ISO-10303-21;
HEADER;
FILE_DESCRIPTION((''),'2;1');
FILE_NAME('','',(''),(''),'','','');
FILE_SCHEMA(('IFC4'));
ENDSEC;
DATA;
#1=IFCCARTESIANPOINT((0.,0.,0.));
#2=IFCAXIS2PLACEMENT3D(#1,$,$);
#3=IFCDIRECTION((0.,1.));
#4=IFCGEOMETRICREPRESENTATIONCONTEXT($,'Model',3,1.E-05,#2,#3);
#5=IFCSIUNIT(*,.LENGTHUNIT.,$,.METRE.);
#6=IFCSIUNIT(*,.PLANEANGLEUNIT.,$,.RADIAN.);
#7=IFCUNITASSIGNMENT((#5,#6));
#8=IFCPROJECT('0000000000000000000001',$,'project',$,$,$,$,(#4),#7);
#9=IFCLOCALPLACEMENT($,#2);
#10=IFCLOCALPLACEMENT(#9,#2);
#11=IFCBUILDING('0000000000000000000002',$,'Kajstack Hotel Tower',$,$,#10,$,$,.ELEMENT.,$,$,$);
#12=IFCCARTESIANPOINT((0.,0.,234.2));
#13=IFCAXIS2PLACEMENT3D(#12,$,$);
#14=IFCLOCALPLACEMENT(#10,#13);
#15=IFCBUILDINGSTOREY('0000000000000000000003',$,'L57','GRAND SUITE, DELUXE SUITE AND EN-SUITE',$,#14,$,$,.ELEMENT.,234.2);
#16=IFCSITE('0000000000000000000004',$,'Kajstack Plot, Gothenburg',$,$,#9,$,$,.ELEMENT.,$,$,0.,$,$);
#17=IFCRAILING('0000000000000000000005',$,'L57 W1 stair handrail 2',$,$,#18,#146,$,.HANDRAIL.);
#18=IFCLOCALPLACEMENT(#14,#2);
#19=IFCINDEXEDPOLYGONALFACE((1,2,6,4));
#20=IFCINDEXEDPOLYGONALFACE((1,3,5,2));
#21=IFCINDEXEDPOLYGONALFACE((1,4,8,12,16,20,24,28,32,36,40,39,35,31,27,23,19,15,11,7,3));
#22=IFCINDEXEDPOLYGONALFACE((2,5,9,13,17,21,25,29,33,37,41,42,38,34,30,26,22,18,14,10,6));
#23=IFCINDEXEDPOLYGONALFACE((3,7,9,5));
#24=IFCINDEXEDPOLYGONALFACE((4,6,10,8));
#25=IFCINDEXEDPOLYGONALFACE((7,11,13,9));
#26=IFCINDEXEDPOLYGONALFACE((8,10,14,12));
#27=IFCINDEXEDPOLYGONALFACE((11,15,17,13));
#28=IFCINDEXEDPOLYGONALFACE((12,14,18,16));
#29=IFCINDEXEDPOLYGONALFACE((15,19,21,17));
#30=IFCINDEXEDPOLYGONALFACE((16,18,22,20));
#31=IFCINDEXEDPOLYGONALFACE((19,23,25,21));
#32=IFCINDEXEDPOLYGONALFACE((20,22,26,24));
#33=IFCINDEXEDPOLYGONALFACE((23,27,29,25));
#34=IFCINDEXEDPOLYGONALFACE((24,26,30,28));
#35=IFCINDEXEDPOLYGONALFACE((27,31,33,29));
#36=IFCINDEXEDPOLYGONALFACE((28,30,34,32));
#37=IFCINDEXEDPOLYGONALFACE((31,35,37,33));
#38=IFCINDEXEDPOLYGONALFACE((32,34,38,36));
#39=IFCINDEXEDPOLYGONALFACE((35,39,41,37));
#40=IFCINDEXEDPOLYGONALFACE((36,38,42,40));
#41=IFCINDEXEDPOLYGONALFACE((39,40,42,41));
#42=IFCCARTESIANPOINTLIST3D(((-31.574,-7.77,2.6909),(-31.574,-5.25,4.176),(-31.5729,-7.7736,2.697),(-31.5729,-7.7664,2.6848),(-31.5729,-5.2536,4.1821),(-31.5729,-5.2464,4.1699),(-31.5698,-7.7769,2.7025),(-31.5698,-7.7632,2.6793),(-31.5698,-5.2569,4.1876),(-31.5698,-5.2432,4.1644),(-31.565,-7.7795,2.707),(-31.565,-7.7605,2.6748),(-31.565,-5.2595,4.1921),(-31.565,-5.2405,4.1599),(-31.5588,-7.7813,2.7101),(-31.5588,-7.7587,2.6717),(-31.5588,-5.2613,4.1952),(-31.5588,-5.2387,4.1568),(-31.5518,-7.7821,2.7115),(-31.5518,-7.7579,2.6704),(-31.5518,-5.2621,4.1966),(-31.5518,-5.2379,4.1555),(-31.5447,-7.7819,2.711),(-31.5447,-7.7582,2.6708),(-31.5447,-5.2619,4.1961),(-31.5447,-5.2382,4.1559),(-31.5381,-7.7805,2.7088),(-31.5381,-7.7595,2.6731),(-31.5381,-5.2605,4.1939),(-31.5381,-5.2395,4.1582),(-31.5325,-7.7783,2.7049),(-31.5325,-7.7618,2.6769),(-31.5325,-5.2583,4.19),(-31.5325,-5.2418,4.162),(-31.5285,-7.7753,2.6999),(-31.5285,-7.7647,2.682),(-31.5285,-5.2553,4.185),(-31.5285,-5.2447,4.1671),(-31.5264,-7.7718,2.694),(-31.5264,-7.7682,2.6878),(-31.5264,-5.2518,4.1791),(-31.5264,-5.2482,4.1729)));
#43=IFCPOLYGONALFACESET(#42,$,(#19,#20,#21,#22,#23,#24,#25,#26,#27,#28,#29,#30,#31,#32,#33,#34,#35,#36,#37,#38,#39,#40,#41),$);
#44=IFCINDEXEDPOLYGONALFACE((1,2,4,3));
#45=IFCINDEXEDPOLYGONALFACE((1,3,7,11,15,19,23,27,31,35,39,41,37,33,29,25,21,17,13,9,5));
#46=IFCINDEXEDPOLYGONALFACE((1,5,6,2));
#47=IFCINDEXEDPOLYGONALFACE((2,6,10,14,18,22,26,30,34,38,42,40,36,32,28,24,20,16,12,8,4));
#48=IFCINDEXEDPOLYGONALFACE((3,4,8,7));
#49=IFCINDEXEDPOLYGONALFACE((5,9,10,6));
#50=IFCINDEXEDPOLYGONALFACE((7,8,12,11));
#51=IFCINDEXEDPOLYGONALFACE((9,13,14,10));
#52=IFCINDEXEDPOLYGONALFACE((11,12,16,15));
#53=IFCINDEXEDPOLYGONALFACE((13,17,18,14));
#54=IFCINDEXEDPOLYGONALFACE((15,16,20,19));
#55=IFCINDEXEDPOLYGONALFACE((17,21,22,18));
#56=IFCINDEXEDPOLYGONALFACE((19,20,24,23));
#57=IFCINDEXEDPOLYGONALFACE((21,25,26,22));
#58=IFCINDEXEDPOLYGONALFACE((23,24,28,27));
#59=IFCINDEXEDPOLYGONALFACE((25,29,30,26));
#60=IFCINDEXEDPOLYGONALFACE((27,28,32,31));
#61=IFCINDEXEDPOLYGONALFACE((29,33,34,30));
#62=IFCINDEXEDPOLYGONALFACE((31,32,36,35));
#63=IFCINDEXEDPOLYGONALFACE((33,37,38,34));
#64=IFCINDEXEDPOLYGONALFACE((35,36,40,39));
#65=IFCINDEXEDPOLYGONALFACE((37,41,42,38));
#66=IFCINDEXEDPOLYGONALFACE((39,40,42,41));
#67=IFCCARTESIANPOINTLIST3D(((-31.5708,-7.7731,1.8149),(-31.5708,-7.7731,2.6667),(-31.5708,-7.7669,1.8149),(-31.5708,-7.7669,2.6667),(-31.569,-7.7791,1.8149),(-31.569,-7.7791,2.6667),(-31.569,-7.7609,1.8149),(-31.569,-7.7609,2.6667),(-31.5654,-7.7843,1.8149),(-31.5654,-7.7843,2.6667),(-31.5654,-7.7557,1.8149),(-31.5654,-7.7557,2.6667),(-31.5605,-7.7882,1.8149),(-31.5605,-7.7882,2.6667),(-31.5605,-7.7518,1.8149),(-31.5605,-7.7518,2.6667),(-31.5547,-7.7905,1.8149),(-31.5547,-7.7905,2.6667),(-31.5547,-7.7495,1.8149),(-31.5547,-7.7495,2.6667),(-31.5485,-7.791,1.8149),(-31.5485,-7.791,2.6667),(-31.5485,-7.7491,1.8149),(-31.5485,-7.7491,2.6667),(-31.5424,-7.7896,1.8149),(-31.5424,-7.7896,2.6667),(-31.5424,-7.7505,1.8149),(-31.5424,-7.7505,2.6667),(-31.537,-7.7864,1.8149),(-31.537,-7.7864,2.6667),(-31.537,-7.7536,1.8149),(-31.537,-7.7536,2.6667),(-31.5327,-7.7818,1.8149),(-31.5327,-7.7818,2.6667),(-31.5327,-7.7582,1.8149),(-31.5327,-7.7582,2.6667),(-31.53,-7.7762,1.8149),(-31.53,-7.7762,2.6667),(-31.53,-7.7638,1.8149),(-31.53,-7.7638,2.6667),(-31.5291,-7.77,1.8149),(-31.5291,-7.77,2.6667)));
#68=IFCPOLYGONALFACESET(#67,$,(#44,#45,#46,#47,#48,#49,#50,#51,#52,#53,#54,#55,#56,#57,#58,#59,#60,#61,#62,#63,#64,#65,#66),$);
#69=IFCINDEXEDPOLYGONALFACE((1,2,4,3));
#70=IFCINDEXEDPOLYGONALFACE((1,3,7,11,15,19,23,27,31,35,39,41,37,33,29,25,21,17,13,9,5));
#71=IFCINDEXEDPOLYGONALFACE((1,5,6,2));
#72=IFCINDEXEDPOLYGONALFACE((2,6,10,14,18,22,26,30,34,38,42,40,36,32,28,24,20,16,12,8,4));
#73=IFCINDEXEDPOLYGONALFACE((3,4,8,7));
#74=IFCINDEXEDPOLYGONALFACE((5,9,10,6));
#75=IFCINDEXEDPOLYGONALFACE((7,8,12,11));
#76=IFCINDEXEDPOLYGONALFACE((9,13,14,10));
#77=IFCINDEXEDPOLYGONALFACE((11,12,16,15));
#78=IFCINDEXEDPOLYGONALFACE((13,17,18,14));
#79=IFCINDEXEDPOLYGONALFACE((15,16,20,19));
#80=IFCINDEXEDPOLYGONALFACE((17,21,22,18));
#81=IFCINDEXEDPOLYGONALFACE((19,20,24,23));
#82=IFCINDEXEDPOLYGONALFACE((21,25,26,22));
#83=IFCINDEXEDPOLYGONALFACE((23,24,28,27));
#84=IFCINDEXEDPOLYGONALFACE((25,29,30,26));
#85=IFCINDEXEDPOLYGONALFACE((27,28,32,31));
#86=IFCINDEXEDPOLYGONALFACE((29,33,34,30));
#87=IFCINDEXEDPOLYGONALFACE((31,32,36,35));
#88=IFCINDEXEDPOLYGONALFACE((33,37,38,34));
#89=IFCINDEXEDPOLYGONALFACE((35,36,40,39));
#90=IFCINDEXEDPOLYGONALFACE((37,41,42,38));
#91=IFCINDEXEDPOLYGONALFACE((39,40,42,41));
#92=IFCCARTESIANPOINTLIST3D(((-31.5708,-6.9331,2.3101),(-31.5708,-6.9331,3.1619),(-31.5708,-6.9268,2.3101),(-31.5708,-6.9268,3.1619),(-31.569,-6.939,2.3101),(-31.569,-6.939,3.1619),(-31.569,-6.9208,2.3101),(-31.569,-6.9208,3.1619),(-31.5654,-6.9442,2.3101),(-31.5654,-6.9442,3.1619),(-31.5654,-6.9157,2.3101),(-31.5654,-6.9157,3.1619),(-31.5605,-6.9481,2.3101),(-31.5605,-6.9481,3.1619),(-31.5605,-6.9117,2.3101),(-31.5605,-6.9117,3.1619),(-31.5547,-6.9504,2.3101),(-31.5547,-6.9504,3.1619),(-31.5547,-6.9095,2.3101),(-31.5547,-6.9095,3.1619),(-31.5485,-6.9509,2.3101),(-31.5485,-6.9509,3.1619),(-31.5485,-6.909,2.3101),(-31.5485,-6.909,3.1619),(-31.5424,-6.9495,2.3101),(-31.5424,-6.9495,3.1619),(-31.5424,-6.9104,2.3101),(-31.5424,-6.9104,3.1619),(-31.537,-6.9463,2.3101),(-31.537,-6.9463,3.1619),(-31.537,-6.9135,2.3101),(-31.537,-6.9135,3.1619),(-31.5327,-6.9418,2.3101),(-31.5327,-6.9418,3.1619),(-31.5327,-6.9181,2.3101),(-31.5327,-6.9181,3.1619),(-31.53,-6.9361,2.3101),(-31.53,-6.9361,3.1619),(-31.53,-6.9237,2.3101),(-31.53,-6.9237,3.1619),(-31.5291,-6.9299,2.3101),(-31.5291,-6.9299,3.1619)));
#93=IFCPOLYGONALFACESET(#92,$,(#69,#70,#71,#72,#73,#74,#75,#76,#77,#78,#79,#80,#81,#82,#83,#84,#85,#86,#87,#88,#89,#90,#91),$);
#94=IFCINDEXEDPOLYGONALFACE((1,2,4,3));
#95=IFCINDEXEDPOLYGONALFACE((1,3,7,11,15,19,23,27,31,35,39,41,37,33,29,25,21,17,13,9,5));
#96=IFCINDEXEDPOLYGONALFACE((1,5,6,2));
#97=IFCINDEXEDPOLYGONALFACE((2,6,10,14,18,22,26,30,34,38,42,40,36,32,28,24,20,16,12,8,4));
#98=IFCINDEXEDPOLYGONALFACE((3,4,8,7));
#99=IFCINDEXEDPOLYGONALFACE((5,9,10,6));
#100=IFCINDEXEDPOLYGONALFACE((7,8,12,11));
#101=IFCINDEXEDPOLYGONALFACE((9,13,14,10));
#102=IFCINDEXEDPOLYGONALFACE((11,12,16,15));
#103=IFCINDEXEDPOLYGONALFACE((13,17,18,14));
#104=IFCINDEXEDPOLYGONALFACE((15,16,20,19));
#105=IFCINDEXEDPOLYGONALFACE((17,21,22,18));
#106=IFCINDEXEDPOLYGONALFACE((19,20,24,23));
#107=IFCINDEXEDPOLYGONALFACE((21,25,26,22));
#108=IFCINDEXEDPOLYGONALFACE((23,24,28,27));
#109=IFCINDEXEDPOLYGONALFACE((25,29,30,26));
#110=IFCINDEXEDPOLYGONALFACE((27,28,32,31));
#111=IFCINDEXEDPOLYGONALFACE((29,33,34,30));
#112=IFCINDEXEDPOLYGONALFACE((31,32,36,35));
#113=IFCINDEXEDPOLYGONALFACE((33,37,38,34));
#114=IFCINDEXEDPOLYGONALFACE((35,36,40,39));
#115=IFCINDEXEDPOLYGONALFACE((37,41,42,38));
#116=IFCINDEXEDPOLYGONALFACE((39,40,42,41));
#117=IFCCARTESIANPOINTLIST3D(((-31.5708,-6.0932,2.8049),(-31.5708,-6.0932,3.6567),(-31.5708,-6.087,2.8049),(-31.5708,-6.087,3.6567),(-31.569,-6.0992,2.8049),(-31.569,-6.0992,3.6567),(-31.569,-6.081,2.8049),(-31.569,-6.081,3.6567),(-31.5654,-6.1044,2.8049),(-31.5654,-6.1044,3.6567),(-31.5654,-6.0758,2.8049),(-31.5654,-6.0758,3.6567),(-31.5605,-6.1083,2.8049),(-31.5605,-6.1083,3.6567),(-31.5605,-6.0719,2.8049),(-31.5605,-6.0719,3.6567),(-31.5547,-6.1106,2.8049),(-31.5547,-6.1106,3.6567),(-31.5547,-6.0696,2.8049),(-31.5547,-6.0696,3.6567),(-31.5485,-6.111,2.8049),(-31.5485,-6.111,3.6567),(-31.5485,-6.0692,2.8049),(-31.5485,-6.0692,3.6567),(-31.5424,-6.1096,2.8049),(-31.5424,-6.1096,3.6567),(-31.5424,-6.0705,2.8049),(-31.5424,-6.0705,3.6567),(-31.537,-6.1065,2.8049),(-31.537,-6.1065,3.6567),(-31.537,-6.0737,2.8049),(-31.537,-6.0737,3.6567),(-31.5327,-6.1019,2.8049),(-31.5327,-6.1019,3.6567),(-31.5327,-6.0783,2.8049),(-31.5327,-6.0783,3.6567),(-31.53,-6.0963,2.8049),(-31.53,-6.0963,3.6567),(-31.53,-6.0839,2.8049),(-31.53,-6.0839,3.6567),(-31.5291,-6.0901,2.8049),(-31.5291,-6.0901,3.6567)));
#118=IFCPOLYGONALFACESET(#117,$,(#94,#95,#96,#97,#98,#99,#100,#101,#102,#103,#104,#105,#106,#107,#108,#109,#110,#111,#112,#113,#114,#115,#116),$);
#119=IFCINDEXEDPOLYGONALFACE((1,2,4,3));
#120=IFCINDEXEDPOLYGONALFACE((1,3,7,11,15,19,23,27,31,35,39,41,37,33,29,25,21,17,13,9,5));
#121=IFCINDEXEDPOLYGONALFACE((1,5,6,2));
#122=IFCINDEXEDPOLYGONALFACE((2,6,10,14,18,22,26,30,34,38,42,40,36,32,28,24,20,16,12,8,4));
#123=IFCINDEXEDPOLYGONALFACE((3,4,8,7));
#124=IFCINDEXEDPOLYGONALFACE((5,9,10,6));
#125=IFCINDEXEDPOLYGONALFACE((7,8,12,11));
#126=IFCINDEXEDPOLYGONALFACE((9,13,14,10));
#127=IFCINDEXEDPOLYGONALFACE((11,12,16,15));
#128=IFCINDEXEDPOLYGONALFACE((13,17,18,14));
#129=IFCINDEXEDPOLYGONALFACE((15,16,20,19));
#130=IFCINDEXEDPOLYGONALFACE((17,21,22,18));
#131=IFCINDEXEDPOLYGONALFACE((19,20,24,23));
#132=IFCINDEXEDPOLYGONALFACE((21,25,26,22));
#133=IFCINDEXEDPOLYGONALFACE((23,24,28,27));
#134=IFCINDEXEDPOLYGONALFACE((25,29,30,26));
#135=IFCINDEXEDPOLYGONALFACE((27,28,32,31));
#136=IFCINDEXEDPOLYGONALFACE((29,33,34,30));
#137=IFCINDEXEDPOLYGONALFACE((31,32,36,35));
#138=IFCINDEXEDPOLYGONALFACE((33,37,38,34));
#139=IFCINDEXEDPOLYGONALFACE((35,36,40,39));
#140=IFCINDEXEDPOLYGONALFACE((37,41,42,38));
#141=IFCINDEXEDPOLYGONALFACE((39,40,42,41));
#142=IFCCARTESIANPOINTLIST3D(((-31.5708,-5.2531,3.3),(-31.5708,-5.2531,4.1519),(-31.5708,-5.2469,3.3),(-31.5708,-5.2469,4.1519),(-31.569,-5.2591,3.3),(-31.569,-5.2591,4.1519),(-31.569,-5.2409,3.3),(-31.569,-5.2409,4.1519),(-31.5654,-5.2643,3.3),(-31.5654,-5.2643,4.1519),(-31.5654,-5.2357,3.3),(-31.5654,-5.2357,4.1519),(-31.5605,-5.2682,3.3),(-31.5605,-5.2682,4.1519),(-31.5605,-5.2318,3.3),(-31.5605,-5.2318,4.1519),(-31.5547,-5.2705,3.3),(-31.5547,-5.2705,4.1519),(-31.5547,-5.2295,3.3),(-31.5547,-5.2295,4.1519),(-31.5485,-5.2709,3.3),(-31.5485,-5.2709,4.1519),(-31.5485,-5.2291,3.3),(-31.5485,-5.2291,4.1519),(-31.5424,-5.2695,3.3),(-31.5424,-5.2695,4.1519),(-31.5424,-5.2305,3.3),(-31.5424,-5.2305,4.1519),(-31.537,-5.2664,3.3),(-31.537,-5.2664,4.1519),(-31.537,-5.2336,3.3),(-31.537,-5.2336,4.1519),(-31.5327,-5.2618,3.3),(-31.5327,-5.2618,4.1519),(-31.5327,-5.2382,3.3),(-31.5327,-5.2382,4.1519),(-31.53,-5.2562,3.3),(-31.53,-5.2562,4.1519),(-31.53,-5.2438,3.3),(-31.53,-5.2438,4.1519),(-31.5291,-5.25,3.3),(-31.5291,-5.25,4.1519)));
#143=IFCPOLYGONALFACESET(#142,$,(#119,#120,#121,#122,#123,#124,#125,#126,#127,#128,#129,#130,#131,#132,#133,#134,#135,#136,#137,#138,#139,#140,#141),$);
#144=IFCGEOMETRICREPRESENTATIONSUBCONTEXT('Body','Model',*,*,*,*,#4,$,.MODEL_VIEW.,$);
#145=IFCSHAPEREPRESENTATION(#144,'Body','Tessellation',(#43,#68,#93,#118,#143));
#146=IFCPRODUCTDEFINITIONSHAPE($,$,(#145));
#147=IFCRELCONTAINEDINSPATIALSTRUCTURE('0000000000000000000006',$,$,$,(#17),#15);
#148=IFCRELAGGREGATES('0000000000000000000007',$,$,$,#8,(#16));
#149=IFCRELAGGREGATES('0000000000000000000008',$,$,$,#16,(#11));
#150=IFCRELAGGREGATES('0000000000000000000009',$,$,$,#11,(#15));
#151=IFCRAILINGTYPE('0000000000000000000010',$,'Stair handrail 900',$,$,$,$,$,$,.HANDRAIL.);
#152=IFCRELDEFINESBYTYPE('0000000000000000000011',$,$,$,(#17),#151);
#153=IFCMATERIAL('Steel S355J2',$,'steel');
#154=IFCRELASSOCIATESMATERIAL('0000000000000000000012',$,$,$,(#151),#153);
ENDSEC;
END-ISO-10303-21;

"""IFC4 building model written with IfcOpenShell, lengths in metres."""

from ifc_helpers import new_model, si_unit, direction, frame, origin, origin_2d, place, context, subcontext, project, spatial, circle, extrude, material, type_object, element, save


model = new_model("IFC4")

# Units and contexts
model_context = context("Model", 3, precision=1e-05, world=origin(), true_north=direction((0.0, 1.0)))
body_context = subcontext(model_context, "Body", "Model", "MODEL_VIEW")
ifc_project = project(units=[si_unit("LENGTHUNIT", "METRE"), si_unit("PLANEANGLEUNIT", "RADIAN")], contexts=[model_context])

# Site, building, storey
site_placement = place(None, origin())
site = spatial("IfcSite", under=ifc_project, at=site_placement, Name="Kajstack Plot, Gothenburg", CompositionType="ELEMENT", RefElevation=0.0)
building_placement = place(site_placement, origin())
building = spatial("IfcBuilding", under=site, at=building_placement, Name="Kajstack Hotel Tower", CompositionType="ELEMENT")
storey_placement = place(building_placement, frame((0.0, 0.0, 234.2)))
storey = spatial("IfcBuildingStorey", under=building, at=storey_placement, Name="L57", Description="GRAND SUITE, DELUXE SUITE AND EN-SUITE", CompositionType="ELEMENT", Elevation=234.2)

# Railing
ifc_material_1 = material(Name="Steel S355J2", Category="steel")
railing_type_1 = type_object("IfcRailingType", Name="Stair handrail 900", PredefinedType="HANDRAIL", material=ifc_material_1)
railing_1_placement = place(storey_placement, frame((-31.55, -7.77, 1.8149)))
element("IfcRailing", 1, at=railing_1_placement, inside=storey, type_object=railing_type_1, Name="L57 W1 stair handrail 2", PredefinedType="HANDRAIL", context=body_context, shape_type="SweptSolid", body=[
    extrude(circle(Radius=0.0239, at=origin_2d()), frame((0.0, 0.0, 0.876), z_axis=(0.0, 0.861524, 0.507717), x_axis=(-1.0, 0.0, 0.0)), (0.0, 0.0, 1.0), 2.925),
    extrude(circle(Radius=0.021, at=origin_2d()), origin(), (0.0, 0.0, 1.0), 0.8518),
    extrude(circle(Radius=0.021, at=origin_2d()), frame((0.0, 0.8401, 0.4951)), (0.0, 0.0, 1.0), 0.8518),
    extrude(circle(Radius=0.021, at=origin_2d()), frame((0.0, 1.6799, 0.99)), (0.0, 0.0, 1.0), 0.8518),
    extrude(circle(Radius=0.021, at=origin_2d()), frame((0.0, 2.52, 1.4851)), (0.0, 0.0, 1.0), 0.8518),
])

save(model, "model.ifc")
